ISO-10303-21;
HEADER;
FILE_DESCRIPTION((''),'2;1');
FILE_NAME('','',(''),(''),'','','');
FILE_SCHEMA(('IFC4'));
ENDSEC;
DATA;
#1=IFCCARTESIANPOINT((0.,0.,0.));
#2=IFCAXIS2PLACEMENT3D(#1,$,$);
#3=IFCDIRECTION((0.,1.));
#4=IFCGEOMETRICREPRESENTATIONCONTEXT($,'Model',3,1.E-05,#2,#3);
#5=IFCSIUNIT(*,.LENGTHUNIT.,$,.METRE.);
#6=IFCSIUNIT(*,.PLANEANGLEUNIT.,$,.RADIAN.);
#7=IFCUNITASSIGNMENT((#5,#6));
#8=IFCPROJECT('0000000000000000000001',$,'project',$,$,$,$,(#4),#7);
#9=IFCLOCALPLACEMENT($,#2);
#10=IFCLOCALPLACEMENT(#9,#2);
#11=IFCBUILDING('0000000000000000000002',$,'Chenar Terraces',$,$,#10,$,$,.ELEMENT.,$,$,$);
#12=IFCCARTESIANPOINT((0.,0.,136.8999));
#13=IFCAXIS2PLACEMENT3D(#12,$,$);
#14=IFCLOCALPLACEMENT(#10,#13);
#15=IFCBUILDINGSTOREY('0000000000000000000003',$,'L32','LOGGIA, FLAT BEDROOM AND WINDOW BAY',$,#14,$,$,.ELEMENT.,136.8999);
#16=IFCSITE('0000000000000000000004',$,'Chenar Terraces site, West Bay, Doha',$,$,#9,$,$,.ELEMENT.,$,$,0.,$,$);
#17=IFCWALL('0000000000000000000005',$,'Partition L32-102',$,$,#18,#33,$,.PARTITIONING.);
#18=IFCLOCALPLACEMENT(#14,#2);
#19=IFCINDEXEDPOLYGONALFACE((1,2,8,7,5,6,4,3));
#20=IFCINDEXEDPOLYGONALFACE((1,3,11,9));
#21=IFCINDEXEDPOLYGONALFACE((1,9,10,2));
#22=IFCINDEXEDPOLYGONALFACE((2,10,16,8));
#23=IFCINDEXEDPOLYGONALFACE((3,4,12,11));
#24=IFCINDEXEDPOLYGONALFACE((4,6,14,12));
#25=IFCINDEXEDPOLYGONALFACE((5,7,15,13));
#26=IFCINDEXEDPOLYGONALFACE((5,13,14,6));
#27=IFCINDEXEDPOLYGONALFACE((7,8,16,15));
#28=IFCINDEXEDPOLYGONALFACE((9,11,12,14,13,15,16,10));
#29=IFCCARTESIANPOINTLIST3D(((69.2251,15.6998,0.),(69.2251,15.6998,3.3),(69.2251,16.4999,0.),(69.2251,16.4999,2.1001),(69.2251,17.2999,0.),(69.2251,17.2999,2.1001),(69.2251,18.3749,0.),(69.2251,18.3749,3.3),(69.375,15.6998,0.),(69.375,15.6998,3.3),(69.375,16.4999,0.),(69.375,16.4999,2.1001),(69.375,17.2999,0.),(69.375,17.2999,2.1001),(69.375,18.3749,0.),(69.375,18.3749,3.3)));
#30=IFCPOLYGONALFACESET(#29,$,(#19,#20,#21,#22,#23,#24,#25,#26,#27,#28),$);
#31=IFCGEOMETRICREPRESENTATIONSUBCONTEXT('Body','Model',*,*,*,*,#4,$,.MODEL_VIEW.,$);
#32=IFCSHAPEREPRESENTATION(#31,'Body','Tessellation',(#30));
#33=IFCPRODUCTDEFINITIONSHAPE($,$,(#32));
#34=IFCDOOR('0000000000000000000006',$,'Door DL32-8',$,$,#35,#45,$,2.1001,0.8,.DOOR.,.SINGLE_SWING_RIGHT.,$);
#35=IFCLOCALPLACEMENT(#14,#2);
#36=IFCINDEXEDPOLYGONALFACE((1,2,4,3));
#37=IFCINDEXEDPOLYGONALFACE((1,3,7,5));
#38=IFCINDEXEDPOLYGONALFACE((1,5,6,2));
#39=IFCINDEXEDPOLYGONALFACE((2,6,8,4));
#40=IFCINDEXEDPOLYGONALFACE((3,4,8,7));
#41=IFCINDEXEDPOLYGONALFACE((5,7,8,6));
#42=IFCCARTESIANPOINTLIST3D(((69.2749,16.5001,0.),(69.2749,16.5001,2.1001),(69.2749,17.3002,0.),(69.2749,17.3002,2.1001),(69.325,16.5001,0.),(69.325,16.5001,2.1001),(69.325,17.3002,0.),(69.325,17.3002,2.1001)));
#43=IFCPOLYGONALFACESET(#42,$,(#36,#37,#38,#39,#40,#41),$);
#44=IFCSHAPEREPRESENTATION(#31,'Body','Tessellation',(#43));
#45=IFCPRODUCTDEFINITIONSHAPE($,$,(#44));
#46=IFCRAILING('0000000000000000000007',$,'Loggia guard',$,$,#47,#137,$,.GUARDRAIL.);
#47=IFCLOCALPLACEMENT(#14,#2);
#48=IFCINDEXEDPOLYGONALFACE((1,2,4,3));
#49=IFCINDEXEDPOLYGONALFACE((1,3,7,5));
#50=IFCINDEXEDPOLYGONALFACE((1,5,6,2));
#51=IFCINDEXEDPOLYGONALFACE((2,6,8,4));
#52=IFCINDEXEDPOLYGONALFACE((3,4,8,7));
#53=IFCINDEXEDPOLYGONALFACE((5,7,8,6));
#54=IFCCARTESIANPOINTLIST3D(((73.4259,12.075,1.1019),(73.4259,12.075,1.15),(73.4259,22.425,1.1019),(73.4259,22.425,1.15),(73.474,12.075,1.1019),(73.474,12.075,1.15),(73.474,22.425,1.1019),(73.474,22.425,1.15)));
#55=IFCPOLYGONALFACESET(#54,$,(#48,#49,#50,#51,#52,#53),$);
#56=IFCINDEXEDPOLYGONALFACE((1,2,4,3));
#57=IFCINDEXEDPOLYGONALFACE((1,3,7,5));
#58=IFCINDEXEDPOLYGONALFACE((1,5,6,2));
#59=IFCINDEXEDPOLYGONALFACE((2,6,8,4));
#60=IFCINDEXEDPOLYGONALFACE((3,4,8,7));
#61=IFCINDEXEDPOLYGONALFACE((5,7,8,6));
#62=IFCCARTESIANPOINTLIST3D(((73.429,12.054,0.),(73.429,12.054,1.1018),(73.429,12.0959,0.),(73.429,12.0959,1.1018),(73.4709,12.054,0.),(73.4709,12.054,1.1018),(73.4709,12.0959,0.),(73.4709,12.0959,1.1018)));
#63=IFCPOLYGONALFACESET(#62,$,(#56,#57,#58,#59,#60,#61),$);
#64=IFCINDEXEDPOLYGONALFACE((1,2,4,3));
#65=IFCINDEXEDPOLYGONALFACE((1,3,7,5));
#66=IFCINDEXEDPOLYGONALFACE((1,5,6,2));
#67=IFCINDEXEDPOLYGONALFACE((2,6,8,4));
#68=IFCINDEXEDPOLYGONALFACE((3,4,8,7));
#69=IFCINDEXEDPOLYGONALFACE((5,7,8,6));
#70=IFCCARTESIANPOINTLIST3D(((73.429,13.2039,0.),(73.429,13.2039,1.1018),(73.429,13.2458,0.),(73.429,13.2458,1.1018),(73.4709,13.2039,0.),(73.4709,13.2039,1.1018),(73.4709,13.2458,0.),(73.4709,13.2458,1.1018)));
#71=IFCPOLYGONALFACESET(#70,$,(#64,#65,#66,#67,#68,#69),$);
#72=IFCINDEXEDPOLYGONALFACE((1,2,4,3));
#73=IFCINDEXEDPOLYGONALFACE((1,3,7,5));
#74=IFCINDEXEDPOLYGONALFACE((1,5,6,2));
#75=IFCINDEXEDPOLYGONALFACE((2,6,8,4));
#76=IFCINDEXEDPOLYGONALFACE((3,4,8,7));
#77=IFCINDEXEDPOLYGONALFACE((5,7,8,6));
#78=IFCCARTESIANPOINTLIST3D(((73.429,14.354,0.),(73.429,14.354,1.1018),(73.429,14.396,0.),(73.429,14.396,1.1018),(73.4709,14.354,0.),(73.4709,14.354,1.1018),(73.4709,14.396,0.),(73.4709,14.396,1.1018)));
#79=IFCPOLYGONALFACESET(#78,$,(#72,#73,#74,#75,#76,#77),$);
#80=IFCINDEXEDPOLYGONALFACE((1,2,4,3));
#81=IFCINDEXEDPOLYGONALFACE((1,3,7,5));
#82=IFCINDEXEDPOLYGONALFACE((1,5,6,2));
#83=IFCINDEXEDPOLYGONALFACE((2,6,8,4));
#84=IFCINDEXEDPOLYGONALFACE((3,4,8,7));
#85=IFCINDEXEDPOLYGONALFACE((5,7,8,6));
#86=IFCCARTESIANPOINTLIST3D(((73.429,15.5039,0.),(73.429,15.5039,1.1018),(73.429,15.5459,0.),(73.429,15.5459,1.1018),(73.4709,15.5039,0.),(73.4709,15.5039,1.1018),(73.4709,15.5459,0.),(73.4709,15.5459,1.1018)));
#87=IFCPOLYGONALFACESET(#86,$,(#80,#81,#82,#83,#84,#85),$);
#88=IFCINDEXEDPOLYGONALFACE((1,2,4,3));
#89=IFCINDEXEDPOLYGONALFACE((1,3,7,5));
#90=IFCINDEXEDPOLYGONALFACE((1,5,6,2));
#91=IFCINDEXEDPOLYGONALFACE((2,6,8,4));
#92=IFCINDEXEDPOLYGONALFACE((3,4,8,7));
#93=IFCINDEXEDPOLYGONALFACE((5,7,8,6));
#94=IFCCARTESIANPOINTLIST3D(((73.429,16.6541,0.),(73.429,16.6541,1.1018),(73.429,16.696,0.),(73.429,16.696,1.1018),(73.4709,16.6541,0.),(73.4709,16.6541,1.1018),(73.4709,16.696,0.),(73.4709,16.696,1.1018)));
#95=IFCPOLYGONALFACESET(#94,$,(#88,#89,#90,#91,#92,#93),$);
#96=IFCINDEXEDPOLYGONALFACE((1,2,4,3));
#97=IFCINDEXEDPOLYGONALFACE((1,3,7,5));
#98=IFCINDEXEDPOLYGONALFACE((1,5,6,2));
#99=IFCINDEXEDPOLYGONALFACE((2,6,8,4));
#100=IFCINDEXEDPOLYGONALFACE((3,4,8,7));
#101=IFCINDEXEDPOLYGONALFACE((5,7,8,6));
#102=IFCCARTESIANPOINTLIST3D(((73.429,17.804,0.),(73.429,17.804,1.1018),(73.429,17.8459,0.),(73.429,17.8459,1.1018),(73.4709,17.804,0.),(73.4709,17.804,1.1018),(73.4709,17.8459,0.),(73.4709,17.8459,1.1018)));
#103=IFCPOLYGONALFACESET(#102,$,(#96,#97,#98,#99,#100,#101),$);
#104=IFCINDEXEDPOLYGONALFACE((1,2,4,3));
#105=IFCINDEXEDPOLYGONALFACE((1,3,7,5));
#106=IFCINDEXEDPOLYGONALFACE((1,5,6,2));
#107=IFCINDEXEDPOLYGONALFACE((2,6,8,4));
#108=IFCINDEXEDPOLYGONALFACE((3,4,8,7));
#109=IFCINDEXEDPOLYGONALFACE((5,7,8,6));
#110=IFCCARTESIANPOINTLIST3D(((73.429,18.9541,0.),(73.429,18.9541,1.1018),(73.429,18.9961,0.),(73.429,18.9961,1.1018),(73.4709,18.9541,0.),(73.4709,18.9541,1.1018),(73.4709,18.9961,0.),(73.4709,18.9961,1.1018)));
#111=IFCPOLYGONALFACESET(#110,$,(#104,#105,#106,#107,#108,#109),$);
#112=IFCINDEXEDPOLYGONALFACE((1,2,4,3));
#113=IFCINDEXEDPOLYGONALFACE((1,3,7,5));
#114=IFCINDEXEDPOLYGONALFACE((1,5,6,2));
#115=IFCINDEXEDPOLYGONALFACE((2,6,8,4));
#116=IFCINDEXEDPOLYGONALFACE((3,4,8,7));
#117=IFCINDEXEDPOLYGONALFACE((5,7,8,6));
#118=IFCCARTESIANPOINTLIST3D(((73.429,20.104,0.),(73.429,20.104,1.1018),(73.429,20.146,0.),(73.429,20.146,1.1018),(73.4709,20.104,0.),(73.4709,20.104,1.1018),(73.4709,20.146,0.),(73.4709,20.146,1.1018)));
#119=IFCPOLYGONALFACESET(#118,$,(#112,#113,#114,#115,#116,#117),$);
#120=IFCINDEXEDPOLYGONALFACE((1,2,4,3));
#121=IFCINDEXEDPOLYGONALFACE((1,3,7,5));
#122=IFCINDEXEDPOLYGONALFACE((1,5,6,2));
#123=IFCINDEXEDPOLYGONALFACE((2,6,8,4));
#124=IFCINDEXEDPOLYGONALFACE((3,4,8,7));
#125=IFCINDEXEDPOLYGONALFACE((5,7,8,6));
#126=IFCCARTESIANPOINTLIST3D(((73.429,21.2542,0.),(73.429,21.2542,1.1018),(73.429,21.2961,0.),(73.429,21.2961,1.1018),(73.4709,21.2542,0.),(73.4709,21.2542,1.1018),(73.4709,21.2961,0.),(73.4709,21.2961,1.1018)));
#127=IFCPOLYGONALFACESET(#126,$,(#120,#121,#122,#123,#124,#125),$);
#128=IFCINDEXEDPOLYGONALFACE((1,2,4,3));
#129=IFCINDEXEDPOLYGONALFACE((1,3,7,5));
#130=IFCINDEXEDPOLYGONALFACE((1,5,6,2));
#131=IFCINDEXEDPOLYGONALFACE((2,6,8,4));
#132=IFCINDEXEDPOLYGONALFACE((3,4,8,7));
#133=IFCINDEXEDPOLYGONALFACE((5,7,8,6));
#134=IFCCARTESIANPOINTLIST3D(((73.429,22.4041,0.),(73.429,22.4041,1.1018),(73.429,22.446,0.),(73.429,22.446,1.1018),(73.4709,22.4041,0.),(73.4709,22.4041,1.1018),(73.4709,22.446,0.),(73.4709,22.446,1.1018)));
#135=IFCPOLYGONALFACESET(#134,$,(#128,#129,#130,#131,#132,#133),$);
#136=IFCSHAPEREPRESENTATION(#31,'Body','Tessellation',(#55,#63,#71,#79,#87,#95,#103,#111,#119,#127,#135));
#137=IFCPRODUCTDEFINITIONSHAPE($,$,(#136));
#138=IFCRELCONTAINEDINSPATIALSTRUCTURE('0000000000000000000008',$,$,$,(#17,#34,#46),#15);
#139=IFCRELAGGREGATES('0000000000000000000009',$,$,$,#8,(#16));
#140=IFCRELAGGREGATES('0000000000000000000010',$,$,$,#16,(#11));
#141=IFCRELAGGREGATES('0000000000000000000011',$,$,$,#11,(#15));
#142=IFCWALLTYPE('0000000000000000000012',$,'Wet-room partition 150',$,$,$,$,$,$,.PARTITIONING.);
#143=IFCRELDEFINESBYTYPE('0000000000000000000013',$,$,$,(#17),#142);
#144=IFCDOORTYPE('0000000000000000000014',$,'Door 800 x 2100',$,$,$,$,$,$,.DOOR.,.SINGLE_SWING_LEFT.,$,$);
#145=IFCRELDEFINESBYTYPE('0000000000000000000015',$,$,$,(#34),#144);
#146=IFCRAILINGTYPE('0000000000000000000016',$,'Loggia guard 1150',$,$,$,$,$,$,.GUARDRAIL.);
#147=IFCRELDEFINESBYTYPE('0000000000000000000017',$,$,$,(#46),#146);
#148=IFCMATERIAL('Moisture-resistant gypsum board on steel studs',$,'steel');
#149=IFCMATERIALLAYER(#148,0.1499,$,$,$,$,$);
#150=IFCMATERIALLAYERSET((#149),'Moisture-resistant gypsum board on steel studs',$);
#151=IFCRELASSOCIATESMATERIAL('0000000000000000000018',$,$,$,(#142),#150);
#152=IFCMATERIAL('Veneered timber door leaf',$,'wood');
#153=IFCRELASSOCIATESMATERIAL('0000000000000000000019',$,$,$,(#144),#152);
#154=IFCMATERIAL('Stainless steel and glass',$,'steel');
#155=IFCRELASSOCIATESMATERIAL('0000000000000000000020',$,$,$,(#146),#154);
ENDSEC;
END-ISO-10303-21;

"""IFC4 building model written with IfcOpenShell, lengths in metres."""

from ifc_helpers import new_model, si_unit, direction, frame, frame_2d, origin, origin_2d, place, context, subcontext, project, spatial, rectangle, extrude, material, layer, layer_set, type_object, element, fill, save


model = new_model("IFC4")

# Units and contexts
model_context = context("Model", 3, precision=1e-05, world=origin(), true_north=direction((0.0, 1.0)))
body_context = subcontext(model_context, "Body", "Model", "MODEL_VIEW")
ifc_project = project(units=[si_unit("LENGTHUNIT", "METRE"), si_unit("PLANEANGLEUNIT", "RADIAN")], contexts=[model_context])

# Site, building, storey
site_placement = place(None, origin())
site = spatial("IfcSite", under=ifc_project, at=site_placement, Name="Chenar Terraces site, West Bay, Doha", CompositionType="ELEMENT", RefElevation=0.0)
building_placement = place(site_placement, origin())
building = spatial("IfcBuilding", under=site, at=building_placement, Name="Chenar Terraces", CompositionType="ELEMENT")
storey_placement = place(building_placement, frame((0.0, 0.0, 136.8999)))
storey = spatial("IfcBuildingStorey", under=building, at=storey_placement, Name="L32", Description="LOGGIA, FLAT BEDROOM AND WINDOW BAY", CompositionType="ELEMENT", Elevation=136.8999)

# Shared definitions
ifc_material_1 = material(Name="Moisture-resistant gypsum board on steel studs", Category="steel")
ifc_layer_1 = layer(ifc_material_1, 0.1499)
ifc_layer_set_1 = layer_set([ifc_layer_1], Name="Moisture-resistant gypsum board on steel studs")
wall_type_1 = type_object("IfcWallType", Name="Wet-room partition 150", PredefinedType="PARTITIONING", material=ifc_layer_set_1)

# Shared definitions
ifc_material_2 = material(Name="Veneered timber door leaf", Category="wood")
door_type_1 = type_object("IfcDoorType", Name="Door 800 x 2100", OperationType="SINGLE_SWING_LEFT", PredefinedType="DOOR", material=ifc_material_2)

# Wall, opening, door
wall_1_placement = place(storey_placement, frame((69.3, 15.7, 0.0), z_axis=(0.0, 0.0, 1.0), x_axis=(0.0, 1.0, 0.0)))
wall_1 = element("IfcWall", 1, at=wall_1_placement, inside=storey, type_object=wall_type_1, Name="Partition L32-102", PredefinedType="PARTITIONING", context=body_context, shape_type="SweptSolid", body=[
    extrude(rectangle(XDim=2.675, YDim=0.1499, at=frame_2d((1.3374, 0.0))), origin(), (0.0, 0.0, 1.0), 3.3),
])
opening_1_placement = place(wall_1_placement, frame((0.8, 0.0, 0.0)))
opening_1 = element("IfcOpeningElement", 2, at=opening_1_placement, cuts=wall_1, PredefinedType="OPENING", context=body_context, shape_type="SweptSolid", body=[
    extrude(rectangle(XDim=0.8, YDim=2.1001, at=frame_2d((0.3999, 1.05))), frame((0.0, 0.085, 0.0), z_axis=(0.0, -1.0, 0.0), x_axis=(1.0, 0.0, 0.0)), (0.0, 0.0, 1.0), 0.1699),
])
door_1_placement = place(opening_1_placement, frame((0.8, 0.0, 0.0), z_axis=(0.0, 0.0, 1.0), x_axis=(-1.0, 0.0, 0.0)))
door_1 = element("IfcDoor", 3, at=door_1_placement, inside=storey, type_object=door_type_1, Name="Door DL32-8", OperationType="SINGLE_SWING_RIGHT", OverallHeight=2.1001, OverallWidth=0.8, PredefinedType="DOOR", context=body_context, shape_type="SweptSolid", body=[
    extrude(rectangle(XDim=0.8, YDim=2.1001, at=frame_2d((0.3999, 1.05))), frame((0.0, 0.0249, 0.0), z_axis=(0.0, -1.0, 0.0), x_axis=(1.0, 0.0, 0.0)), (0.0, 0.0, 1.0), 0.05),
])
fill(opening_1, door_1)

# Railing
ifc_material_3 = material(Name="Stainless steel and glass", Category="steel")
railing_type = type_object("IfcRailingType", Name="Loggia guard 1150", PredefinedType="GUARDRAIL", material=ifc_material_3)
railing_placement = place(storey_placement, frame((73.45, 12.075, 0.0)))
element("IfcRailing", 4, at=railing_placement, inside=storey, type_object=railing_type, Name="Loggia guard", PredefinedType="GUARDRAIL", context=body_context, shape_type="SweptSolid", body=[
    extrude(rectangle(XDim=0.0481, YDim=0.0481, at=origin_2d()), frame((0.0, 0.0, 1.126), z_axis=(0.0, 1.0, 0.0), x_axis=(-1.0, 0.0, 0.0)), (0.0, 0.0, 1.0), 10.3501),
    extrude(rectangle(XDim=0.042, YDim=0.042, at=origin_2d()), origin(), (0.0, 0.0, 1.0), 1.1018),
    extrude(rectangle(XDim=0.042, YDim=0.042, at=origin_2d()), frame((0.0, 1.1499, 0.0)), (0.0, 0.0, 1.0), 1.1018),
    extrude(rectangle(XDim=0.042, YDim=0.042, at=origin_2d()), frame((0.0, 2.3, 0.0)), (0.0, 0.0, 1.0), 1.1018),
    extrude(rectangle(XDim=0.042, YDim=0.042, at=origin_2d()), frame((0.0, 3.45, 0.0)), (0.0, 0.0, 1.0), 1.1018),
    extrude(rectangle(XDim=0.042, YDim=0.042, at=origin_2d()), frame((0.0, 4.6001, 0.0)), (0.0, 0.0, 1.0), 1.1018),
    extrude(rectangle(XDim=0.042, YDim=0.042, at=origin_2d()), frame((0.0, 5.75, 0.0)), (0.0, 0.0, 1.0), 1.1018),
    extrude(rectangle(XDim=0.042, YDim=0.042, at=origin_2d()), frame((0.0, 6.9001, 0.0)), (0.0, 0.0, 1.0), 1.1018),
    extrude(rectangle(XDim=0.042, YDim=0.042, at=origin_2d()), frame((0.0, 8.05, 0.0)), (0.0, 0.0, 1.0), 1.1018),
    extrude(rectangle(XDim=0.042, YDim=0.042, at=origin_2d()), frame((0.0, 9.2002, 0.0)), (0.0, 0.0, 1.0), 1.1018),
    extrude(rectangle(XDim=0.042, YDim=0.042, at=origin_2d()), frame((0.0, 10.3501, 0.0)), (0.0, 0.0, 1.0), 1.1018),
])

save(model, "model.ifc")
